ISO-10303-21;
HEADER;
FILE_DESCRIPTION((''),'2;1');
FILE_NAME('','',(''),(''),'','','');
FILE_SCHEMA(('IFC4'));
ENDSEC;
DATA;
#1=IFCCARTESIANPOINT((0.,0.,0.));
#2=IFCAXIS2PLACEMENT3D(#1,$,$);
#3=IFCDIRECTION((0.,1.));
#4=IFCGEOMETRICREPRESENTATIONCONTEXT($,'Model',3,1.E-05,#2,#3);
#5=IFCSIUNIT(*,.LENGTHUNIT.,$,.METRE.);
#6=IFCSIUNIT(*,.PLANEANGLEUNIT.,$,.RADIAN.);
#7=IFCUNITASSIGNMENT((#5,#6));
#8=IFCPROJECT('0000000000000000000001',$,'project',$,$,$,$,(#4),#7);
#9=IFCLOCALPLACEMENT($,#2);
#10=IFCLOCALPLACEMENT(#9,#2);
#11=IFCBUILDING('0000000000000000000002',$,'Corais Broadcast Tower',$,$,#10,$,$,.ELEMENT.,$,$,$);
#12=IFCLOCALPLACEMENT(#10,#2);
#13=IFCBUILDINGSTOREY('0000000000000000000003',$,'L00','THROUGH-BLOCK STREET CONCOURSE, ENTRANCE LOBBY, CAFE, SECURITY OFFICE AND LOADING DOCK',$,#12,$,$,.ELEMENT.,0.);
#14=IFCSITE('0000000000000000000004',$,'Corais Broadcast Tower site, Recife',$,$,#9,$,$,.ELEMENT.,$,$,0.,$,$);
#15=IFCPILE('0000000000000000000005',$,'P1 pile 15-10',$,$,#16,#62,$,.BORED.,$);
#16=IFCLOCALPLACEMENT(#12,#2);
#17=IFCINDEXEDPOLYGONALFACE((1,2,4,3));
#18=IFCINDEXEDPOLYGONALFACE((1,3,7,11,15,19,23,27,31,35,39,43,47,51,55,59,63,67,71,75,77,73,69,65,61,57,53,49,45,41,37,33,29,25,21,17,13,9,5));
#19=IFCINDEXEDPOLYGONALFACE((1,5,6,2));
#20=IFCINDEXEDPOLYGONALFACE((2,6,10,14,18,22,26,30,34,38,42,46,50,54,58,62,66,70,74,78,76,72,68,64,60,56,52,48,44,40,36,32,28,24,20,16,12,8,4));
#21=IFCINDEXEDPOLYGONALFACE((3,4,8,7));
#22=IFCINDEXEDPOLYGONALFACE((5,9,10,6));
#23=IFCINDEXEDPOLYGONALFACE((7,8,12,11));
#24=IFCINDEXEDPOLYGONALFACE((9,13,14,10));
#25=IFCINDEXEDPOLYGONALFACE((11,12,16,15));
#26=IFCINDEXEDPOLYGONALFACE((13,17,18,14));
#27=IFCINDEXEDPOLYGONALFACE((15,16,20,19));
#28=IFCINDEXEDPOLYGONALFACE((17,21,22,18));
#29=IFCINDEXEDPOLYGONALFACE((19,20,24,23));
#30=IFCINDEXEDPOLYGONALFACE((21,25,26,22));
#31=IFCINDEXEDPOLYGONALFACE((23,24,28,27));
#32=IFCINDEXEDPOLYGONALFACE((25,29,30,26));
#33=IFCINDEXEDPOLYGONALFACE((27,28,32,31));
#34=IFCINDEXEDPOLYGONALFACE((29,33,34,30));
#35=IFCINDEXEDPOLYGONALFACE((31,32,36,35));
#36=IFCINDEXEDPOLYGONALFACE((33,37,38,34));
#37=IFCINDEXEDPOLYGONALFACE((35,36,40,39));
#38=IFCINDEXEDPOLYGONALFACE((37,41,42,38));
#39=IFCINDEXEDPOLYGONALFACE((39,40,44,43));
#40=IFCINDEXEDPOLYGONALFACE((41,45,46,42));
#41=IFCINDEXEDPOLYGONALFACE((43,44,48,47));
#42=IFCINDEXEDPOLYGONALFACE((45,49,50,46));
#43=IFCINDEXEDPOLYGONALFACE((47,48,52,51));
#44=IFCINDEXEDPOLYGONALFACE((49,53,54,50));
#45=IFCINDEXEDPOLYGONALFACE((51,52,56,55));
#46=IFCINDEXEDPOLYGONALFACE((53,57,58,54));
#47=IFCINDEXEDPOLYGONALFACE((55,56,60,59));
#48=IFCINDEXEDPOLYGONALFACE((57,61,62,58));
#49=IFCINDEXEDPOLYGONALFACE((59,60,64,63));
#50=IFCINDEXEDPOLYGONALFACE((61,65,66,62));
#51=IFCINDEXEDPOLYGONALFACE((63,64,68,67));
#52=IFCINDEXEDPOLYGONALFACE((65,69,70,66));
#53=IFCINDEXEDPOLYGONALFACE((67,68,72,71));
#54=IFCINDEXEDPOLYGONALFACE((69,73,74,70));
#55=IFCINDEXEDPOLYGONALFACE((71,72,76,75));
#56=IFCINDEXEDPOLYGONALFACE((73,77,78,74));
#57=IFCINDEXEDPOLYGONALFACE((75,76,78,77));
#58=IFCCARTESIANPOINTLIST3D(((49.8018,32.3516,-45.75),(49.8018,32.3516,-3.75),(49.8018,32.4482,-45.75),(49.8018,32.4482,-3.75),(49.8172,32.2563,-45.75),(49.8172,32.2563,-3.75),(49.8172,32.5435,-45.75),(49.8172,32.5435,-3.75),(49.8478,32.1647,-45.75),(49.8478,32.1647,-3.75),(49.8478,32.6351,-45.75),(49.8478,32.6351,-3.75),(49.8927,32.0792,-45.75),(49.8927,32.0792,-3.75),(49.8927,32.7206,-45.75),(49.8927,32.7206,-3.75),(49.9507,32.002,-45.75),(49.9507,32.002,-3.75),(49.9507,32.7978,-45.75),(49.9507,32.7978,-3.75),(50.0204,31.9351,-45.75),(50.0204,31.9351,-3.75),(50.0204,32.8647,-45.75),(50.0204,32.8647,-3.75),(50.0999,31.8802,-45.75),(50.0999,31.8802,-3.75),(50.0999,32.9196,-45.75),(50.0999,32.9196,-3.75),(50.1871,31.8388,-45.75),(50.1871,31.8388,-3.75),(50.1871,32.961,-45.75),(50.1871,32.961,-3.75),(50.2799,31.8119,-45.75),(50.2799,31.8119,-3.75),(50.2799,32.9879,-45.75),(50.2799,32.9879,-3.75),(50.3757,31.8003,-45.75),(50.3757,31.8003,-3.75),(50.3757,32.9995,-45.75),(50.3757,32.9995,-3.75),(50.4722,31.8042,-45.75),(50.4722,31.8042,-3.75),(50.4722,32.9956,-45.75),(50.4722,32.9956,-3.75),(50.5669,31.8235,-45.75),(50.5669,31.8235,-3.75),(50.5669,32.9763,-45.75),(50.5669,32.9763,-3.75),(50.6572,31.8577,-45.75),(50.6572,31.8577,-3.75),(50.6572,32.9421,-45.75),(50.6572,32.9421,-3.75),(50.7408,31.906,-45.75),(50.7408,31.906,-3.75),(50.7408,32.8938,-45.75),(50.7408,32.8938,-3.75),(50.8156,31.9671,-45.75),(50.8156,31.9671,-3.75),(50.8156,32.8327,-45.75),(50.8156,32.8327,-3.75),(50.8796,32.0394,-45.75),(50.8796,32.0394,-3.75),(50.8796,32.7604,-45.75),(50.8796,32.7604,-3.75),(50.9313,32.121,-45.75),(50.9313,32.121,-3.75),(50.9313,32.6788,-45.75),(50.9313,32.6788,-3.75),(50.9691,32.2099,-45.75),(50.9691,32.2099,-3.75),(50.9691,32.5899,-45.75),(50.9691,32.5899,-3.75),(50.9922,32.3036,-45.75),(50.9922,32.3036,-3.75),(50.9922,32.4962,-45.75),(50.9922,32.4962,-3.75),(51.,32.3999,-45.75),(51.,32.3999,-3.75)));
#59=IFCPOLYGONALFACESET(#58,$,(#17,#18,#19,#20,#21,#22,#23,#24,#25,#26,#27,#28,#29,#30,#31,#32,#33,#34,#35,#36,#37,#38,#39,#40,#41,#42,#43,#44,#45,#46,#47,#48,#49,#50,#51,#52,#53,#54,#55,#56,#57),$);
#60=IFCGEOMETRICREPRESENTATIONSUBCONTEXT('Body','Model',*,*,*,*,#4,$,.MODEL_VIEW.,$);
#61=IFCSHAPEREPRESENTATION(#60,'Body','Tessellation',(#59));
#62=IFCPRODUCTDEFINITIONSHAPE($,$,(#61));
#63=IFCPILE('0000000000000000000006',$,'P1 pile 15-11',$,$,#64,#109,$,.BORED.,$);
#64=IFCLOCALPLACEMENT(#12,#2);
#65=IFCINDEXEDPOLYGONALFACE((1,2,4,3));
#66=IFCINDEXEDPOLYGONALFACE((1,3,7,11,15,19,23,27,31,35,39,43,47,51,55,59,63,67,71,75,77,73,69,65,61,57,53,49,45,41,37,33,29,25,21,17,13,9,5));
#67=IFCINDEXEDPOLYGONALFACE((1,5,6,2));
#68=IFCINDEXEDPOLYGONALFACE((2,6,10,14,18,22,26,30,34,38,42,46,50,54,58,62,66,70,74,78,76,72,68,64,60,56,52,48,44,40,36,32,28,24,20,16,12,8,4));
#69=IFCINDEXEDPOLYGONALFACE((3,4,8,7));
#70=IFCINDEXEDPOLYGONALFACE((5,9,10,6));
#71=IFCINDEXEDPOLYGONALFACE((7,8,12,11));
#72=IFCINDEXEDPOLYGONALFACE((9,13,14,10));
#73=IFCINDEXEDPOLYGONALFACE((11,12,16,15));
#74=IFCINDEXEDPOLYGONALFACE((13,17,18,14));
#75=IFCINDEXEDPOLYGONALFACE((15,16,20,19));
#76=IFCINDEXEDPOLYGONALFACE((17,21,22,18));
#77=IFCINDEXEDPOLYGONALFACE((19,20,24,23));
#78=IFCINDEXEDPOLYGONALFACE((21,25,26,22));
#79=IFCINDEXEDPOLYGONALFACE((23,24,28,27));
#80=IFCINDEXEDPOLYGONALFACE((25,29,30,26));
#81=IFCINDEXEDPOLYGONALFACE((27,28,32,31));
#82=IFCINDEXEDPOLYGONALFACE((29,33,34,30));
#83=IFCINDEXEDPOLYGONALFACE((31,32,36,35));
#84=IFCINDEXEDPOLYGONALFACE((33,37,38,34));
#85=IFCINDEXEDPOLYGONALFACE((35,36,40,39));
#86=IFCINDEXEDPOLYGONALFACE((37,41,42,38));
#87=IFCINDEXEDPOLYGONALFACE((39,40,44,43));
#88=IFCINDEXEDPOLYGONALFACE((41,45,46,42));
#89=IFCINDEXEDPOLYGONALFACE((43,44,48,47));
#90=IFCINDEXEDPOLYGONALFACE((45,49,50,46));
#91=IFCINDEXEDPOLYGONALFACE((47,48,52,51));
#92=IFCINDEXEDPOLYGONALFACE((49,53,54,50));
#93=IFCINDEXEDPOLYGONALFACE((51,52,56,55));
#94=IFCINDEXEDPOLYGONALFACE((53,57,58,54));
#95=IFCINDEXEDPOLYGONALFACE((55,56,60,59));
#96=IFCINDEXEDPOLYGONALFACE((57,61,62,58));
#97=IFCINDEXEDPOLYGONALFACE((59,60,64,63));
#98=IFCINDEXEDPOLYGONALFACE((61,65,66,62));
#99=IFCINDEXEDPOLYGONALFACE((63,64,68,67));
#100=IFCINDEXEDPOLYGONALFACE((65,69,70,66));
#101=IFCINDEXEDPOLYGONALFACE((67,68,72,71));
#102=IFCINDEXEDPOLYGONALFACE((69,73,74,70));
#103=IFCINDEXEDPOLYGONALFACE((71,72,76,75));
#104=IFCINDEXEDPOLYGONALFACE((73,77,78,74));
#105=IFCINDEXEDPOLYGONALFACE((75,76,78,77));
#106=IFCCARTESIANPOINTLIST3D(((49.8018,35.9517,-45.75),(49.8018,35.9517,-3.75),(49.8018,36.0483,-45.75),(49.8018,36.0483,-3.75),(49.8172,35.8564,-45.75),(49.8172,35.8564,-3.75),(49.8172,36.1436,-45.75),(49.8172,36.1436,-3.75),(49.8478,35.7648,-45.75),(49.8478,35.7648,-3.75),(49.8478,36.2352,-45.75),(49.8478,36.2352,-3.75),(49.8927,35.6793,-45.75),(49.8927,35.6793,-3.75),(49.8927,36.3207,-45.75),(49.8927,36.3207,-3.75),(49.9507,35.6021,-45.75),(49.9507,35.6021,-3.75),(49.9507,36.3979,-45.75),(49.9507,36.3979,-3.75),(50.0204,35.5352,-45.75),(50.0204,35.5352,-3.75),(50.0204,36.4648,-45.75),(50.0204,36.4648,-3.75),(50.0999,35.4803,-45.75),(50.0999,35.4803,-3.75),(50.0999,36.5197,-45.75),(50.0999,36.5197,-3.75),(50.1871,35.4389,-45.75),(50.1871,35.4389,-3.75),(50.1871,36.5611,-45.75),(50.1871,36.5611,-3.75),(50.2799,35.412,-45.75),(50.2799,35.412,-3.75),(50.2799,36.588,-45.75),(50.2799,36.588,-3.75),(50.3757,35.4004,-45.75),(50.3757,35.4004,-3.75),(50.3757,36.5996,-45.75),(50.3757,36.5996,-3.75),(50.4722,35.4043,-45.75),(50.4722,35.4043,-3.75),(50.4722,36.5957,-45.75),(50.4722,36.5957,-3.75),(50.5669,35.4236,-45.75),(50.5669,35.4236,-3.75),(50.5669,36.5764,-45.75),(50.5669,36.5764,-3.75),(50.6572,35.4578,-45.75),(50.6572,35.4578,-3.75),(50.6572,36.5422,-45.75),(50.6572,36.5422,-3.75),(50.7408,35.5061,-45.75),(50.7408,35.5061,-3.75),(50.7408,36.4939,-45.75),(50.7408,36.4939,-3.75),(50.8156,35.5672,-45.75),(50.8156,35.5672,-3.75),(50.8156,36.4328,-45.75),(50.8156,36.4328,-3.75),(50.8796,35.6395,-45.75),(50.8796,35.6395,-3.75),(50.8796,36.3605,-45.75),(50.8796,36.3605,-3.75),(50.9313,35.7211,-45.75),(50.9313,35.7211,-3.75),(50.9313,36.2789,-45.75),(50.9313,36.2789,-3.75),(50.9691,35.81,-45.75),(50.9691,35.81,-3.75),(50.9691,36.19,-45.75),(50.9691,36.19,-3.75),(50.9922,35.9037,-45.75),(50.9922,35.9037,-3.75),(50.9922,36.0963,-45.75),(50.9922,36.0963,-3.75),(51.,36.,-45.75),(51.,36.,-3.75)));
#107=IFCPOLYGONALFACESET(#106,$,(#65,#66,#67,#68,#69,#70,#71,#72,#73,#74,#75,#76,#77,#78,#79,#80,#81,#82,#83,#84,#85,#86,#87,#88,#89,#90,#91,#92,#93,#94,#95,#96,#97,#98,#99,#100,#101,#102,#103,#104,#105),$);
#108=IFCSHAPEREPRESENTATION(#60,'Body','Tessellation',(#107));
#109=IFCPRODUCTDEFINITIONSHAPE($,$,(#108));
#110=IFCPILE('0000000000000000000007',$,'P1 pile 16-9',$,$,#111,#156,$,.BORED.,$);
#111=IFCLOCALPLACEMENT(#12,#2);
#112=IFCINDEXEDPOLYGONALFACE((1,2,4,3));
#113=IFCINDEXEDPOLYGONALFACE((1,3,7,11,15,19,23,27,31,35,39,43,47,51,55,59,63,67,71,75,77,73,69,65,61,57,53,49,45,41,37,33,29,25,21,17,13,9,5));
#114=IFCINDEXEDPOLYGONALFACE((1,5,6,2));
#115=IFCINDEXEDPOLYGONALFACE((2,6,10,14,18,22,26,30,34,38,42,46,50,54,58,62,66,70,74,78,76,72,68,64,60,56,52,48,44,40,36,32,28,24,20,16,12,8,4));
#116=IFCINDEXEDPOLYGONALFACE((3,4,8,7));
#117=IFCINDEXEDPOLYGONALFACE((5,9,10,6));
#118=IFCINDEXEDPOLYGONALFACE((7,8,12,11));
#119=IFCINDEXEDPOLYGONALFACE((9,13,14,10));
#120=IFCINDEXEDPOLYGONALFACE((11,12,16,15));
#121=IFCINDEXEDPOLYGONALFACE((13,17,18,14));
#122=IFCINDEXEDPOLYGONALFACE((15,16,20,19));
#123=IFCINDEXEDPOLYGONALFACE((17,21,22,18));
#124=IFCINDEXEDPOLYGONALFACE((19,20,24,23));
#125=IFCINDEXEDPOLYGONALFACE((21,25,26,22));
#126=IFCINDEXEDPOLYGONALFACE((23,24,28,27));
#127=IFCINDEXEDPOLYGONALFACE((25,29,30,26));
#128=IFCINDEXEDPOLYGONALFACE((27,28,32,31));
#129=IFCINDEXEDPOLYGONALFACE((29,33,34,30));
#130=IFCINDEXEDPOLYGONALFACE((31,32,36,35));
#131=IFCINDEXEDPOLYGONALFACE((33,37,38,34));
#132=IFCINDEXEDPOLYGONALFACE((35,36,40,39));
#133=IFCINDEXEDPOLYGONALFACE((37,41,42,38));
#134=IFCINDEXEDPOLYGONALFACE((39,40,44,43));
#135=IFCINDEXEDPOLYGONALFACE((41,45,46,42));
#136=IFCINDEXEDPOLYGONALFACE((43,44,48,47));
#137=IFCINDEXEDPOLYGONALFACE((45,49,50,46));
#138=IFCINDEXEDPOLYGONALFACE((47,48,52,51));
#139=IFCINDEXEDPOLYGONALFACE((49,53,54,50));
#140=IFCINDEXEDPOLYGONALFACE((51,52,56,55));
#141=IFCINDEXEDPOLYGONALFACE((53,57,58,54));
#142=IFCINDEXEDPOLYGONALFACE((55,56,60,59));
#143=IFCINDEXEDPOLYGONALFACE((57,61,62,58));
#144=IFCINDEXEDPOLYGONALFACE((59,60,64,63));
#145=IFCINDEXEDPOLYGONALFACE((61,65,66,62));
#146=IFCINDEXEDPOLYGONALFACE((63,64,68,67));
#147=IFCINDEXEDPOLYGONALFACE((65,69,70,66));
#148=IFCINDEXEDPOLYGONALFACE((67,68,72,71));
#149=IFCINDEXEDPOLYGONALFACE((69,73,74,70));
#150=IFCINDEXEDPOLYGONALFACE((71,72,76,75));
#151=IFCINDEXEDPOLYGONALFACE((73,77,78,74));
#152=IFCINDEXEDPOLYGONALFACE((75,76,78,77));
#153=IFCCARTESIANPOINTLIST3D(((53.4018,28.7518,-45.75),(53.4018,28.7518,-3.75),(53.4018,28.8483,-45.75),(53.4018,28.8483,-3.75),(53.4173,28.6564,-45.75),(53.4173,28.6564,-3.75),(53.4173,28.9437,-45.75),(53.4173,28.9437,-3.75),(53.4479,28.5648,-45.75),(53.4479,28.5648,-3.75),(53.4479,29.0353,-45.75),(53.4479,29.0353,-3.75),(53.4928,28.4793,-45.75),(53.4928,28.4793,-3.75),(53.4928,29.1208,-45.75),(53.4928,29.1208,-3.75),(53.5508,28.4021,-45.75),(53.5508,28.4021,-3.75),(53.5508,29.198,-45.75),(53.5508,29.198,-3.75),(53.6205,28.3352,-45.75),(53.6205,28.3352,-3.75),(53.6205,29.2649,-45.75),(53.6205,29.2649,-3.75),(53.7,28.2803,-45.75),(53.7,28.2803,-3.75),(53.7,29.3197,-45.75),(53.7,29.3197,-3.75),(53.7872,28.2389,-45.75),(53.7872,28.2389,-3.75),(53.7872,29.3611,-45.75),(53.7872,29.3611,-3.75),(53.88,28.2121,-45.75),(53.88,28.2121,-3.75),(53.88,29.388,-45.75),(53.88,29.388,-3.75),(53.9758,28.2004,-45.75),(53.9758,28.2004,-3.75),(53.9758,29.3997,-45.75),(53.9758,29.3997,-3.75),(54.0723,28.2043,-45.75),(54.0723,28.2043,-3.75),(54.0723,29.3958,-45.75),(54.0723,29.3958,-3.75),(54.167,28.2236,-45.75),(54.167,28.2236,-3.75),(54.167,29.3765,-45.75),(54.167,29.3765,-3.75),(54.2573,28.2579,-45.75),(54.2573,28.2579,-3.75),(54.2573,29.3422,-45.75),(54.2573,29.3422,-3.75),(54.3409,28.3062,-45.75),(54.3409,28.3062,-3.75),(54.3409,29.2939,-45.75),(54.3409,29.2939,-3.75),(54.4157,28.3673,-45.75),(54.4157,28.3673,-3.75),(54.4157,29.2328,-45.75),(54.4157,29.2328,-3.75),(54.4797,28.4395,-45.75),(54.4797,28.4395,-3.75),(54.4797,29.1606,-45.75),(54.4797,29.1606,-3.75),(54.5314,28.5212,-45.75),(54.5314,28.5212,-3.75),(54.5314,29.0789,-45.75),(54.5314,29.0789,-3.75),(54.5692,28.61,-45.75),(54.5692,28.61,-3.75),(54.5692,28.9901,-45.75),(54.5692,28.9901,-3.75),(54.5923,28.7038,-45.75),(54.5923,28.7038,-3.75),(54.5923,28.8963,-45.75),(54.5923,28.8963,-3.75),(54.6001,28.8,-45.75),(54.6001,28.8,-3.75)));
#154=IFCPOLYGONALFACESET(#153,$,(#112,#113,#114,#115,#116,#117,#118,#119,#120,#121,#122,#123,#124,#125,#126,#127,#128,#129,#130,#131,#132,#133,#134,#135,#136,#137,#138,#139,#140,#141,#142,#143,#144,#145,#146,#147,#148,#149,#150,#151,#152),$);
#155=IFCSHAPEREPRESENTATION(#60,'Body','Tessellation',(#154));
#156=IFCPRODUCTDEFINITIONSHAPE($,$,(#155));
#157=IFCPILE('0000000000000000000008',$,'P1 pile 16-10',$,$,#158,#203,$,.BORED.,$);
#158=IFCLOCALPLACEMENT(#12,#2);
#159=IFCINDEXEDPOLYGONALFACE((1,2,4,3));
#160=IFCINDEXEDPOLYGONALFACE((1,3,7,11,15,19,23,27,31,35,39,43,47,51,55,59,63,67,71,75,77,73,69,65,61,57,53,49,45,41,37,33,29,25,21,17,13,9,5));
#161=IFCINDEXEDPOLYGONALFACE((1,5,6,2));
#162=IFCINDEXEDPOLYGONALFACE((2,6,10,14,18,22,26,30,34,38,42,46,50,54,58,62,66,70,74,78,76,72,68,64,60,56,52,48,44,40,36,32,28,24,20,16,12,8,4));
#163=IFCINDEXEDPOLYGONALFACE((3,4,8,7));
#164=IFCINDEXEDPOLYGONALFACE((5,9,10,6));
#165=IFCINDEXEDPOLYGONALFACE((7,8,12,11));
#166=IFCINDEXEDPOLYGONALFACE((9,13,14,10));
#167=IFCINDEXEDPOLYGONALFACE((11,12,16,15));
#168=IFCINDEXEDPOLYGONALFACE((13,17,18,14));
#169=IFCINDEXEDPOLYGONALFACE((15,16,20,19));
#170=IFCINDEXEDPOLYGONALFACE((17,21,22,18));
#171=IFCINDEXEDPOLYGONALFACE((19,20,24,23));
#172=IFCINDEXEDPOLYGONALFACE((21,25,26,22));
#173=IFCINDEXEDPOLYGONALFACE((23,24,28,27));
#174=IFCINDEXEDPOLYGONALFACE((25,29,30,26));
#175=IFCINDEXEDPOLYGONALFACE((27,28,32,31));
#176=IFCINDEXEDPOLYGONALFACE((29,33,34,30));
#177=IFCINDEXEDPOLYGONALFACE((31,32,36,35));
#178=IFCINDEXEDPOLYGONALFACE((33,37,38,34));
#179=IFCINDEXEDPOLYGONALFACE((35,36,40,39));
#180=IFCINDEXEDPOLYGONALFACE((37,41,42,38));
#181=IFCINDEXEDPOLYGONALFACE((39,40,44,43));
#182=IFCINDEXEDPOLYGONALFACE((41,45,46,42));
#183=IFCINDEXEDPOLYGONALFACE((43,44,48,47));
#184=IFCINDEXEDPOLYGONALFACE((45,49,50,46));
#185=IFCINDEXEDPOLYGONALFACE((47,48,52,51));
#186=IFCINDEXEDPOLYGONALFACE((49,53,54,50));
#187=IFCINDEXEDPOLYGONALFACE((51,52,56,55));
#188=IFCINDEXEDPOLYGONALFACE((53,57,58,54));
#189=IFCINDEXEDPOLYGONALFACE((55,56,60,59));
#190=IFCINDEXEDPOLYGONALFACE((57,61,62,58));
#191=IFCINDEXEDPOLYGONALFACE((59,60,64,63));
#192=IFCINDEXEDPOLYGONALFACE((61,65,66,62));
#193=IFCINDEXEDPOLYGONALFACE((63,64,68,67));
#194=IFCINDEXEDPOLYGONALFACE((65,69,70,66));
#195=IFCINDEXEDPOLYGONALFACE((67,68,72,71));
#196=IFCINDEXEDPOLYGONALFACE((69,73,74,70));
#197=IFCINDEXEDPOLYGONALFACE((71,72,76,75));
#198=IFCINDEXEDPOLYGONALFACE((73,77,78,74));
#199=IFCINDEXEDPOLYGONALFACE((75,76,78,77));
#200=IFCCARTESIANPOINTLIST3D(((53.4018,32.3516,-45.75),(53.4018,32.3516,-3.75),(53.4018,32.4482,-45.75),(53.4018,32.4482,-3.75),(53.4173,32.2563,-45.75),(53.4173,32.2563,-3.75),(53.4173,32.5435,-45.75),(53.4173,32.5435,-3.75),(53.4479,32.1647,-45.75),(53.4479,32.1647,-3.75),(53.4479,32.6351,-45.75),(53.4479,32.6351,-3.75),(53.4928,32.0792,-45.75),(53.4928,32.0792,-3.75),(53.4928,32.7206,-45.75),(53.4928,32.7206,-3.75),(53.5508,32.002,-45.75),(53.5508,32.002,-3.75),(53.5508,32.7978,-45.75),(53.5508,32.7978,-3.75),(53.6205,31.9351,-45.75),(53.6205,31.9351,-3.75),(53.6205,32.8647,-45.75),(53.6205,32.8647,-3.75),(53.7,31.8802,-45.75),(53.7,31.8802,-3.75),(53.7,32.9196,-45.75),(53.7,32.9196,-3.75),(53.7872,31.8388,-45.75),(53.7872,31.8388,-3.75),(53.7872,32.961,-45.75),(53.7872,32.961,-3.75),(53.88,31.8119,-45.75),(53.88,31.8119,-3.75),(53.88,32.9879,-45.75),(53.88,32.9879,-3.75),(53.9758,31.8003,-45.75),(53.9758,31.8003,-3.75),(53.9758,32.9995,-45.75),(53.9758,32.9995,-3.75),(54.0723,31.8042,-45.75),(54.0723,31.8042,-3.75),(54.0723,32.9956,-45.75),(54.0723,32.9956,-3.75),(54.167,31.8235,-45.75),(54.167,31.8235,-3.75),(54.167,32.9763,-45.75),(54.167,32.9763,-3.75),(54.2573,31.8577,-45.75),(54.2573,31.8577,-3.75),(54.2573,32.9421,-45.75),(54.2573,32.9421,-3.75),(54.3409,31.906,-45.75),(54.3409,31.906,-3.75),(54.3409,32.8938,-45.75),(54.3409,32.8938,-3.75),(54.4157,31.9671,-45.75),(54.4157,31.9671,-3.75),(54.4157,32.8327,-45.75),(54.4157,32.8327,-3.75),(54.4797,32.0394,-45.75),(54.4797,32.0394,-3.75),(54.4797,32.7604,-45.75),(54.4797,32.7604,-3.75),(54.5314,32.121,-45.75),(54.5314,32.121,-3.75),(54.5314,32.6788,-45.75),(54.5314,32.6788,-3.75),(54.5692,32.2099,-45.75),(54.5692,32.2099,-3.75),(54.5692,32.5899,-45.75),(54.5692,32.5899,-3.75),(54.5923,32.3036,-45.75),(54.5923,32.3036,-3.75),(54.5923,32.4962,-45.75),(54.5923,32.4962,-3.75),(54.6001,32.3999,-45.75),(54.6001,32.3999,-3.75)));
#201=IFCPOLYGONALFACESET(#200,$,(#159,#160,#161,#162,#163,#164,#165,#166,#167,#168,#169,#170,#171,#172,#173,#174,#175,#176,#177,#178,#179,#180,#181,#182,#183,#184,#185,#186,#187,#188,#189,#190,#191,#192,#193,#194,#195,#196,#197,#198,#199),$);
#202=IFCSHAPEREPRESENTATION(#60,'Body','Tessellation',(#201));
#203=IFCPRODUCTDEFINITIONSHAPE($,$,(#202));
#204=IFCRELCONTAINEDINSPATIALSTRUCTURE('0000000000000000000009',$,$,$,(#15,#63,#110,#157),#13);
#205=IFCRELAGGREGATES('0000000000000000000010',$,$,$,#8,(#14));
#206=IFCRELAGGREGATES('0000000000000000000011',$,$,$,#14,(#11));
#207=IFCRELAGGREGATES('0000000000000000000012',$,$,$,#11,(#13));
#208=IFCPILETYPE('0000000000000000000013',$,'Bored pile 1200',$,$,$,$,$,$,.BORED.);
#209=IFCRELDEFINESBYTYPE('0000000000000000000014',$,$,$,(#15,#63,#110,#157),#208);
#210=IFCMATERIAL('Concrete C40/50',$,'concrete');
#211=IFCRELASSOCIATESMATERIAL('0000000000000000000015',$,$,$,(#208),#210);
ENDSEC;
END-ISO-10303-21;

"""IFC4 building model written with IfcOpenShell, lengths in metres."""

from ifc_helpers import new_model, si_unit, direction, frame, origin, origin_2d, place, context, subcontext, project, spatial, circle, extrude, material, type_object, element, save


model = new_model("IFC4")

# Units and contexts
model_context = context("Model", 3, precision=1e-05, world=origin(), true_north=direction((0.0, 1.0)))
body_context = subcontext(model_context, "Body", "Model", "MODEL_VIEW")
ifc_project = project(units=[si_unit("LENGTHUNIT", "METRE"), si_unit("PLANEANGLEUNIT", "RADIAN")], contexts=[model_context])

# Site, building, storey
site_placement = place(None, origin())
site = spatial("IfcSite", under=ifc_project, at=site_placement, Name="Corais Broadcast Tower site, Recife", CompositionType="ELEMENT", RefElevation=0.0)
building_placement = place(site_placement, origin())
building = spatial("IfcBuilding", under=site, at=building_placement, Name="Corais Broadcast Tower", CompositionType="ELEMENT")
storey_placement = place(building_placement, origin())
storey = spatial("IfcBuildingStorey", under=building, at=storey_placement, Name="L00", Description="THROUGH-BLOCK STREET CONCOURSE, ENTRANCE LOBBY, CAFE, SECURITY OFFICE AND LOADING DOCK", CompositionType="ELEMENT", Elevation=0.0)

# Piles
ifc_material_1 = material(Name="Concrete C40/50", Category="concrete")
pile_type_1 = type_object("IfcPileType", Name="Bored pile 1200", PredefinedType="BORED", material=ifc_material_1)
for number, where, z_axis, x_axis, name in (
    (1, (50.3999, 32.3999, -3.75), (0.0, 0.0, -1.0), (1.0, 0.0, 0.0), "P1 pile 15-10"),
    (2, (50.3999, 36.0, -3.75), (0.0, 0.0, -1.0), (1.0, 0.0, 0.0), "P1 pile 15-11"),
    (3, (54.0, 28.8, -3.75), (0.0, 0.0, -1.0), (1.0, 0.0, 0.0), "P1 pile 16-9"),
    (4, (54.0, 32.3999, -3.75), (0.0, 0.0, -1.0), (1.0, 0.0, 0.0), "P1 pile 16-10"),
):
    element("IfcPile", number, at=place(storey_placement, frame(where, z_axis=z_axis, x_axis=x_axis)), inside=storey, type_object=pile_type_1, Name=name, PredefinedType="BORED", context=body_context, shape_type="SweptSolid", body=[
        extrude(circle(Radius=0.6001, at=origin_2d()), origin(), (0.0, 0.0, 1.0), 42.0),
    ])

save(model, "model.ifc")
